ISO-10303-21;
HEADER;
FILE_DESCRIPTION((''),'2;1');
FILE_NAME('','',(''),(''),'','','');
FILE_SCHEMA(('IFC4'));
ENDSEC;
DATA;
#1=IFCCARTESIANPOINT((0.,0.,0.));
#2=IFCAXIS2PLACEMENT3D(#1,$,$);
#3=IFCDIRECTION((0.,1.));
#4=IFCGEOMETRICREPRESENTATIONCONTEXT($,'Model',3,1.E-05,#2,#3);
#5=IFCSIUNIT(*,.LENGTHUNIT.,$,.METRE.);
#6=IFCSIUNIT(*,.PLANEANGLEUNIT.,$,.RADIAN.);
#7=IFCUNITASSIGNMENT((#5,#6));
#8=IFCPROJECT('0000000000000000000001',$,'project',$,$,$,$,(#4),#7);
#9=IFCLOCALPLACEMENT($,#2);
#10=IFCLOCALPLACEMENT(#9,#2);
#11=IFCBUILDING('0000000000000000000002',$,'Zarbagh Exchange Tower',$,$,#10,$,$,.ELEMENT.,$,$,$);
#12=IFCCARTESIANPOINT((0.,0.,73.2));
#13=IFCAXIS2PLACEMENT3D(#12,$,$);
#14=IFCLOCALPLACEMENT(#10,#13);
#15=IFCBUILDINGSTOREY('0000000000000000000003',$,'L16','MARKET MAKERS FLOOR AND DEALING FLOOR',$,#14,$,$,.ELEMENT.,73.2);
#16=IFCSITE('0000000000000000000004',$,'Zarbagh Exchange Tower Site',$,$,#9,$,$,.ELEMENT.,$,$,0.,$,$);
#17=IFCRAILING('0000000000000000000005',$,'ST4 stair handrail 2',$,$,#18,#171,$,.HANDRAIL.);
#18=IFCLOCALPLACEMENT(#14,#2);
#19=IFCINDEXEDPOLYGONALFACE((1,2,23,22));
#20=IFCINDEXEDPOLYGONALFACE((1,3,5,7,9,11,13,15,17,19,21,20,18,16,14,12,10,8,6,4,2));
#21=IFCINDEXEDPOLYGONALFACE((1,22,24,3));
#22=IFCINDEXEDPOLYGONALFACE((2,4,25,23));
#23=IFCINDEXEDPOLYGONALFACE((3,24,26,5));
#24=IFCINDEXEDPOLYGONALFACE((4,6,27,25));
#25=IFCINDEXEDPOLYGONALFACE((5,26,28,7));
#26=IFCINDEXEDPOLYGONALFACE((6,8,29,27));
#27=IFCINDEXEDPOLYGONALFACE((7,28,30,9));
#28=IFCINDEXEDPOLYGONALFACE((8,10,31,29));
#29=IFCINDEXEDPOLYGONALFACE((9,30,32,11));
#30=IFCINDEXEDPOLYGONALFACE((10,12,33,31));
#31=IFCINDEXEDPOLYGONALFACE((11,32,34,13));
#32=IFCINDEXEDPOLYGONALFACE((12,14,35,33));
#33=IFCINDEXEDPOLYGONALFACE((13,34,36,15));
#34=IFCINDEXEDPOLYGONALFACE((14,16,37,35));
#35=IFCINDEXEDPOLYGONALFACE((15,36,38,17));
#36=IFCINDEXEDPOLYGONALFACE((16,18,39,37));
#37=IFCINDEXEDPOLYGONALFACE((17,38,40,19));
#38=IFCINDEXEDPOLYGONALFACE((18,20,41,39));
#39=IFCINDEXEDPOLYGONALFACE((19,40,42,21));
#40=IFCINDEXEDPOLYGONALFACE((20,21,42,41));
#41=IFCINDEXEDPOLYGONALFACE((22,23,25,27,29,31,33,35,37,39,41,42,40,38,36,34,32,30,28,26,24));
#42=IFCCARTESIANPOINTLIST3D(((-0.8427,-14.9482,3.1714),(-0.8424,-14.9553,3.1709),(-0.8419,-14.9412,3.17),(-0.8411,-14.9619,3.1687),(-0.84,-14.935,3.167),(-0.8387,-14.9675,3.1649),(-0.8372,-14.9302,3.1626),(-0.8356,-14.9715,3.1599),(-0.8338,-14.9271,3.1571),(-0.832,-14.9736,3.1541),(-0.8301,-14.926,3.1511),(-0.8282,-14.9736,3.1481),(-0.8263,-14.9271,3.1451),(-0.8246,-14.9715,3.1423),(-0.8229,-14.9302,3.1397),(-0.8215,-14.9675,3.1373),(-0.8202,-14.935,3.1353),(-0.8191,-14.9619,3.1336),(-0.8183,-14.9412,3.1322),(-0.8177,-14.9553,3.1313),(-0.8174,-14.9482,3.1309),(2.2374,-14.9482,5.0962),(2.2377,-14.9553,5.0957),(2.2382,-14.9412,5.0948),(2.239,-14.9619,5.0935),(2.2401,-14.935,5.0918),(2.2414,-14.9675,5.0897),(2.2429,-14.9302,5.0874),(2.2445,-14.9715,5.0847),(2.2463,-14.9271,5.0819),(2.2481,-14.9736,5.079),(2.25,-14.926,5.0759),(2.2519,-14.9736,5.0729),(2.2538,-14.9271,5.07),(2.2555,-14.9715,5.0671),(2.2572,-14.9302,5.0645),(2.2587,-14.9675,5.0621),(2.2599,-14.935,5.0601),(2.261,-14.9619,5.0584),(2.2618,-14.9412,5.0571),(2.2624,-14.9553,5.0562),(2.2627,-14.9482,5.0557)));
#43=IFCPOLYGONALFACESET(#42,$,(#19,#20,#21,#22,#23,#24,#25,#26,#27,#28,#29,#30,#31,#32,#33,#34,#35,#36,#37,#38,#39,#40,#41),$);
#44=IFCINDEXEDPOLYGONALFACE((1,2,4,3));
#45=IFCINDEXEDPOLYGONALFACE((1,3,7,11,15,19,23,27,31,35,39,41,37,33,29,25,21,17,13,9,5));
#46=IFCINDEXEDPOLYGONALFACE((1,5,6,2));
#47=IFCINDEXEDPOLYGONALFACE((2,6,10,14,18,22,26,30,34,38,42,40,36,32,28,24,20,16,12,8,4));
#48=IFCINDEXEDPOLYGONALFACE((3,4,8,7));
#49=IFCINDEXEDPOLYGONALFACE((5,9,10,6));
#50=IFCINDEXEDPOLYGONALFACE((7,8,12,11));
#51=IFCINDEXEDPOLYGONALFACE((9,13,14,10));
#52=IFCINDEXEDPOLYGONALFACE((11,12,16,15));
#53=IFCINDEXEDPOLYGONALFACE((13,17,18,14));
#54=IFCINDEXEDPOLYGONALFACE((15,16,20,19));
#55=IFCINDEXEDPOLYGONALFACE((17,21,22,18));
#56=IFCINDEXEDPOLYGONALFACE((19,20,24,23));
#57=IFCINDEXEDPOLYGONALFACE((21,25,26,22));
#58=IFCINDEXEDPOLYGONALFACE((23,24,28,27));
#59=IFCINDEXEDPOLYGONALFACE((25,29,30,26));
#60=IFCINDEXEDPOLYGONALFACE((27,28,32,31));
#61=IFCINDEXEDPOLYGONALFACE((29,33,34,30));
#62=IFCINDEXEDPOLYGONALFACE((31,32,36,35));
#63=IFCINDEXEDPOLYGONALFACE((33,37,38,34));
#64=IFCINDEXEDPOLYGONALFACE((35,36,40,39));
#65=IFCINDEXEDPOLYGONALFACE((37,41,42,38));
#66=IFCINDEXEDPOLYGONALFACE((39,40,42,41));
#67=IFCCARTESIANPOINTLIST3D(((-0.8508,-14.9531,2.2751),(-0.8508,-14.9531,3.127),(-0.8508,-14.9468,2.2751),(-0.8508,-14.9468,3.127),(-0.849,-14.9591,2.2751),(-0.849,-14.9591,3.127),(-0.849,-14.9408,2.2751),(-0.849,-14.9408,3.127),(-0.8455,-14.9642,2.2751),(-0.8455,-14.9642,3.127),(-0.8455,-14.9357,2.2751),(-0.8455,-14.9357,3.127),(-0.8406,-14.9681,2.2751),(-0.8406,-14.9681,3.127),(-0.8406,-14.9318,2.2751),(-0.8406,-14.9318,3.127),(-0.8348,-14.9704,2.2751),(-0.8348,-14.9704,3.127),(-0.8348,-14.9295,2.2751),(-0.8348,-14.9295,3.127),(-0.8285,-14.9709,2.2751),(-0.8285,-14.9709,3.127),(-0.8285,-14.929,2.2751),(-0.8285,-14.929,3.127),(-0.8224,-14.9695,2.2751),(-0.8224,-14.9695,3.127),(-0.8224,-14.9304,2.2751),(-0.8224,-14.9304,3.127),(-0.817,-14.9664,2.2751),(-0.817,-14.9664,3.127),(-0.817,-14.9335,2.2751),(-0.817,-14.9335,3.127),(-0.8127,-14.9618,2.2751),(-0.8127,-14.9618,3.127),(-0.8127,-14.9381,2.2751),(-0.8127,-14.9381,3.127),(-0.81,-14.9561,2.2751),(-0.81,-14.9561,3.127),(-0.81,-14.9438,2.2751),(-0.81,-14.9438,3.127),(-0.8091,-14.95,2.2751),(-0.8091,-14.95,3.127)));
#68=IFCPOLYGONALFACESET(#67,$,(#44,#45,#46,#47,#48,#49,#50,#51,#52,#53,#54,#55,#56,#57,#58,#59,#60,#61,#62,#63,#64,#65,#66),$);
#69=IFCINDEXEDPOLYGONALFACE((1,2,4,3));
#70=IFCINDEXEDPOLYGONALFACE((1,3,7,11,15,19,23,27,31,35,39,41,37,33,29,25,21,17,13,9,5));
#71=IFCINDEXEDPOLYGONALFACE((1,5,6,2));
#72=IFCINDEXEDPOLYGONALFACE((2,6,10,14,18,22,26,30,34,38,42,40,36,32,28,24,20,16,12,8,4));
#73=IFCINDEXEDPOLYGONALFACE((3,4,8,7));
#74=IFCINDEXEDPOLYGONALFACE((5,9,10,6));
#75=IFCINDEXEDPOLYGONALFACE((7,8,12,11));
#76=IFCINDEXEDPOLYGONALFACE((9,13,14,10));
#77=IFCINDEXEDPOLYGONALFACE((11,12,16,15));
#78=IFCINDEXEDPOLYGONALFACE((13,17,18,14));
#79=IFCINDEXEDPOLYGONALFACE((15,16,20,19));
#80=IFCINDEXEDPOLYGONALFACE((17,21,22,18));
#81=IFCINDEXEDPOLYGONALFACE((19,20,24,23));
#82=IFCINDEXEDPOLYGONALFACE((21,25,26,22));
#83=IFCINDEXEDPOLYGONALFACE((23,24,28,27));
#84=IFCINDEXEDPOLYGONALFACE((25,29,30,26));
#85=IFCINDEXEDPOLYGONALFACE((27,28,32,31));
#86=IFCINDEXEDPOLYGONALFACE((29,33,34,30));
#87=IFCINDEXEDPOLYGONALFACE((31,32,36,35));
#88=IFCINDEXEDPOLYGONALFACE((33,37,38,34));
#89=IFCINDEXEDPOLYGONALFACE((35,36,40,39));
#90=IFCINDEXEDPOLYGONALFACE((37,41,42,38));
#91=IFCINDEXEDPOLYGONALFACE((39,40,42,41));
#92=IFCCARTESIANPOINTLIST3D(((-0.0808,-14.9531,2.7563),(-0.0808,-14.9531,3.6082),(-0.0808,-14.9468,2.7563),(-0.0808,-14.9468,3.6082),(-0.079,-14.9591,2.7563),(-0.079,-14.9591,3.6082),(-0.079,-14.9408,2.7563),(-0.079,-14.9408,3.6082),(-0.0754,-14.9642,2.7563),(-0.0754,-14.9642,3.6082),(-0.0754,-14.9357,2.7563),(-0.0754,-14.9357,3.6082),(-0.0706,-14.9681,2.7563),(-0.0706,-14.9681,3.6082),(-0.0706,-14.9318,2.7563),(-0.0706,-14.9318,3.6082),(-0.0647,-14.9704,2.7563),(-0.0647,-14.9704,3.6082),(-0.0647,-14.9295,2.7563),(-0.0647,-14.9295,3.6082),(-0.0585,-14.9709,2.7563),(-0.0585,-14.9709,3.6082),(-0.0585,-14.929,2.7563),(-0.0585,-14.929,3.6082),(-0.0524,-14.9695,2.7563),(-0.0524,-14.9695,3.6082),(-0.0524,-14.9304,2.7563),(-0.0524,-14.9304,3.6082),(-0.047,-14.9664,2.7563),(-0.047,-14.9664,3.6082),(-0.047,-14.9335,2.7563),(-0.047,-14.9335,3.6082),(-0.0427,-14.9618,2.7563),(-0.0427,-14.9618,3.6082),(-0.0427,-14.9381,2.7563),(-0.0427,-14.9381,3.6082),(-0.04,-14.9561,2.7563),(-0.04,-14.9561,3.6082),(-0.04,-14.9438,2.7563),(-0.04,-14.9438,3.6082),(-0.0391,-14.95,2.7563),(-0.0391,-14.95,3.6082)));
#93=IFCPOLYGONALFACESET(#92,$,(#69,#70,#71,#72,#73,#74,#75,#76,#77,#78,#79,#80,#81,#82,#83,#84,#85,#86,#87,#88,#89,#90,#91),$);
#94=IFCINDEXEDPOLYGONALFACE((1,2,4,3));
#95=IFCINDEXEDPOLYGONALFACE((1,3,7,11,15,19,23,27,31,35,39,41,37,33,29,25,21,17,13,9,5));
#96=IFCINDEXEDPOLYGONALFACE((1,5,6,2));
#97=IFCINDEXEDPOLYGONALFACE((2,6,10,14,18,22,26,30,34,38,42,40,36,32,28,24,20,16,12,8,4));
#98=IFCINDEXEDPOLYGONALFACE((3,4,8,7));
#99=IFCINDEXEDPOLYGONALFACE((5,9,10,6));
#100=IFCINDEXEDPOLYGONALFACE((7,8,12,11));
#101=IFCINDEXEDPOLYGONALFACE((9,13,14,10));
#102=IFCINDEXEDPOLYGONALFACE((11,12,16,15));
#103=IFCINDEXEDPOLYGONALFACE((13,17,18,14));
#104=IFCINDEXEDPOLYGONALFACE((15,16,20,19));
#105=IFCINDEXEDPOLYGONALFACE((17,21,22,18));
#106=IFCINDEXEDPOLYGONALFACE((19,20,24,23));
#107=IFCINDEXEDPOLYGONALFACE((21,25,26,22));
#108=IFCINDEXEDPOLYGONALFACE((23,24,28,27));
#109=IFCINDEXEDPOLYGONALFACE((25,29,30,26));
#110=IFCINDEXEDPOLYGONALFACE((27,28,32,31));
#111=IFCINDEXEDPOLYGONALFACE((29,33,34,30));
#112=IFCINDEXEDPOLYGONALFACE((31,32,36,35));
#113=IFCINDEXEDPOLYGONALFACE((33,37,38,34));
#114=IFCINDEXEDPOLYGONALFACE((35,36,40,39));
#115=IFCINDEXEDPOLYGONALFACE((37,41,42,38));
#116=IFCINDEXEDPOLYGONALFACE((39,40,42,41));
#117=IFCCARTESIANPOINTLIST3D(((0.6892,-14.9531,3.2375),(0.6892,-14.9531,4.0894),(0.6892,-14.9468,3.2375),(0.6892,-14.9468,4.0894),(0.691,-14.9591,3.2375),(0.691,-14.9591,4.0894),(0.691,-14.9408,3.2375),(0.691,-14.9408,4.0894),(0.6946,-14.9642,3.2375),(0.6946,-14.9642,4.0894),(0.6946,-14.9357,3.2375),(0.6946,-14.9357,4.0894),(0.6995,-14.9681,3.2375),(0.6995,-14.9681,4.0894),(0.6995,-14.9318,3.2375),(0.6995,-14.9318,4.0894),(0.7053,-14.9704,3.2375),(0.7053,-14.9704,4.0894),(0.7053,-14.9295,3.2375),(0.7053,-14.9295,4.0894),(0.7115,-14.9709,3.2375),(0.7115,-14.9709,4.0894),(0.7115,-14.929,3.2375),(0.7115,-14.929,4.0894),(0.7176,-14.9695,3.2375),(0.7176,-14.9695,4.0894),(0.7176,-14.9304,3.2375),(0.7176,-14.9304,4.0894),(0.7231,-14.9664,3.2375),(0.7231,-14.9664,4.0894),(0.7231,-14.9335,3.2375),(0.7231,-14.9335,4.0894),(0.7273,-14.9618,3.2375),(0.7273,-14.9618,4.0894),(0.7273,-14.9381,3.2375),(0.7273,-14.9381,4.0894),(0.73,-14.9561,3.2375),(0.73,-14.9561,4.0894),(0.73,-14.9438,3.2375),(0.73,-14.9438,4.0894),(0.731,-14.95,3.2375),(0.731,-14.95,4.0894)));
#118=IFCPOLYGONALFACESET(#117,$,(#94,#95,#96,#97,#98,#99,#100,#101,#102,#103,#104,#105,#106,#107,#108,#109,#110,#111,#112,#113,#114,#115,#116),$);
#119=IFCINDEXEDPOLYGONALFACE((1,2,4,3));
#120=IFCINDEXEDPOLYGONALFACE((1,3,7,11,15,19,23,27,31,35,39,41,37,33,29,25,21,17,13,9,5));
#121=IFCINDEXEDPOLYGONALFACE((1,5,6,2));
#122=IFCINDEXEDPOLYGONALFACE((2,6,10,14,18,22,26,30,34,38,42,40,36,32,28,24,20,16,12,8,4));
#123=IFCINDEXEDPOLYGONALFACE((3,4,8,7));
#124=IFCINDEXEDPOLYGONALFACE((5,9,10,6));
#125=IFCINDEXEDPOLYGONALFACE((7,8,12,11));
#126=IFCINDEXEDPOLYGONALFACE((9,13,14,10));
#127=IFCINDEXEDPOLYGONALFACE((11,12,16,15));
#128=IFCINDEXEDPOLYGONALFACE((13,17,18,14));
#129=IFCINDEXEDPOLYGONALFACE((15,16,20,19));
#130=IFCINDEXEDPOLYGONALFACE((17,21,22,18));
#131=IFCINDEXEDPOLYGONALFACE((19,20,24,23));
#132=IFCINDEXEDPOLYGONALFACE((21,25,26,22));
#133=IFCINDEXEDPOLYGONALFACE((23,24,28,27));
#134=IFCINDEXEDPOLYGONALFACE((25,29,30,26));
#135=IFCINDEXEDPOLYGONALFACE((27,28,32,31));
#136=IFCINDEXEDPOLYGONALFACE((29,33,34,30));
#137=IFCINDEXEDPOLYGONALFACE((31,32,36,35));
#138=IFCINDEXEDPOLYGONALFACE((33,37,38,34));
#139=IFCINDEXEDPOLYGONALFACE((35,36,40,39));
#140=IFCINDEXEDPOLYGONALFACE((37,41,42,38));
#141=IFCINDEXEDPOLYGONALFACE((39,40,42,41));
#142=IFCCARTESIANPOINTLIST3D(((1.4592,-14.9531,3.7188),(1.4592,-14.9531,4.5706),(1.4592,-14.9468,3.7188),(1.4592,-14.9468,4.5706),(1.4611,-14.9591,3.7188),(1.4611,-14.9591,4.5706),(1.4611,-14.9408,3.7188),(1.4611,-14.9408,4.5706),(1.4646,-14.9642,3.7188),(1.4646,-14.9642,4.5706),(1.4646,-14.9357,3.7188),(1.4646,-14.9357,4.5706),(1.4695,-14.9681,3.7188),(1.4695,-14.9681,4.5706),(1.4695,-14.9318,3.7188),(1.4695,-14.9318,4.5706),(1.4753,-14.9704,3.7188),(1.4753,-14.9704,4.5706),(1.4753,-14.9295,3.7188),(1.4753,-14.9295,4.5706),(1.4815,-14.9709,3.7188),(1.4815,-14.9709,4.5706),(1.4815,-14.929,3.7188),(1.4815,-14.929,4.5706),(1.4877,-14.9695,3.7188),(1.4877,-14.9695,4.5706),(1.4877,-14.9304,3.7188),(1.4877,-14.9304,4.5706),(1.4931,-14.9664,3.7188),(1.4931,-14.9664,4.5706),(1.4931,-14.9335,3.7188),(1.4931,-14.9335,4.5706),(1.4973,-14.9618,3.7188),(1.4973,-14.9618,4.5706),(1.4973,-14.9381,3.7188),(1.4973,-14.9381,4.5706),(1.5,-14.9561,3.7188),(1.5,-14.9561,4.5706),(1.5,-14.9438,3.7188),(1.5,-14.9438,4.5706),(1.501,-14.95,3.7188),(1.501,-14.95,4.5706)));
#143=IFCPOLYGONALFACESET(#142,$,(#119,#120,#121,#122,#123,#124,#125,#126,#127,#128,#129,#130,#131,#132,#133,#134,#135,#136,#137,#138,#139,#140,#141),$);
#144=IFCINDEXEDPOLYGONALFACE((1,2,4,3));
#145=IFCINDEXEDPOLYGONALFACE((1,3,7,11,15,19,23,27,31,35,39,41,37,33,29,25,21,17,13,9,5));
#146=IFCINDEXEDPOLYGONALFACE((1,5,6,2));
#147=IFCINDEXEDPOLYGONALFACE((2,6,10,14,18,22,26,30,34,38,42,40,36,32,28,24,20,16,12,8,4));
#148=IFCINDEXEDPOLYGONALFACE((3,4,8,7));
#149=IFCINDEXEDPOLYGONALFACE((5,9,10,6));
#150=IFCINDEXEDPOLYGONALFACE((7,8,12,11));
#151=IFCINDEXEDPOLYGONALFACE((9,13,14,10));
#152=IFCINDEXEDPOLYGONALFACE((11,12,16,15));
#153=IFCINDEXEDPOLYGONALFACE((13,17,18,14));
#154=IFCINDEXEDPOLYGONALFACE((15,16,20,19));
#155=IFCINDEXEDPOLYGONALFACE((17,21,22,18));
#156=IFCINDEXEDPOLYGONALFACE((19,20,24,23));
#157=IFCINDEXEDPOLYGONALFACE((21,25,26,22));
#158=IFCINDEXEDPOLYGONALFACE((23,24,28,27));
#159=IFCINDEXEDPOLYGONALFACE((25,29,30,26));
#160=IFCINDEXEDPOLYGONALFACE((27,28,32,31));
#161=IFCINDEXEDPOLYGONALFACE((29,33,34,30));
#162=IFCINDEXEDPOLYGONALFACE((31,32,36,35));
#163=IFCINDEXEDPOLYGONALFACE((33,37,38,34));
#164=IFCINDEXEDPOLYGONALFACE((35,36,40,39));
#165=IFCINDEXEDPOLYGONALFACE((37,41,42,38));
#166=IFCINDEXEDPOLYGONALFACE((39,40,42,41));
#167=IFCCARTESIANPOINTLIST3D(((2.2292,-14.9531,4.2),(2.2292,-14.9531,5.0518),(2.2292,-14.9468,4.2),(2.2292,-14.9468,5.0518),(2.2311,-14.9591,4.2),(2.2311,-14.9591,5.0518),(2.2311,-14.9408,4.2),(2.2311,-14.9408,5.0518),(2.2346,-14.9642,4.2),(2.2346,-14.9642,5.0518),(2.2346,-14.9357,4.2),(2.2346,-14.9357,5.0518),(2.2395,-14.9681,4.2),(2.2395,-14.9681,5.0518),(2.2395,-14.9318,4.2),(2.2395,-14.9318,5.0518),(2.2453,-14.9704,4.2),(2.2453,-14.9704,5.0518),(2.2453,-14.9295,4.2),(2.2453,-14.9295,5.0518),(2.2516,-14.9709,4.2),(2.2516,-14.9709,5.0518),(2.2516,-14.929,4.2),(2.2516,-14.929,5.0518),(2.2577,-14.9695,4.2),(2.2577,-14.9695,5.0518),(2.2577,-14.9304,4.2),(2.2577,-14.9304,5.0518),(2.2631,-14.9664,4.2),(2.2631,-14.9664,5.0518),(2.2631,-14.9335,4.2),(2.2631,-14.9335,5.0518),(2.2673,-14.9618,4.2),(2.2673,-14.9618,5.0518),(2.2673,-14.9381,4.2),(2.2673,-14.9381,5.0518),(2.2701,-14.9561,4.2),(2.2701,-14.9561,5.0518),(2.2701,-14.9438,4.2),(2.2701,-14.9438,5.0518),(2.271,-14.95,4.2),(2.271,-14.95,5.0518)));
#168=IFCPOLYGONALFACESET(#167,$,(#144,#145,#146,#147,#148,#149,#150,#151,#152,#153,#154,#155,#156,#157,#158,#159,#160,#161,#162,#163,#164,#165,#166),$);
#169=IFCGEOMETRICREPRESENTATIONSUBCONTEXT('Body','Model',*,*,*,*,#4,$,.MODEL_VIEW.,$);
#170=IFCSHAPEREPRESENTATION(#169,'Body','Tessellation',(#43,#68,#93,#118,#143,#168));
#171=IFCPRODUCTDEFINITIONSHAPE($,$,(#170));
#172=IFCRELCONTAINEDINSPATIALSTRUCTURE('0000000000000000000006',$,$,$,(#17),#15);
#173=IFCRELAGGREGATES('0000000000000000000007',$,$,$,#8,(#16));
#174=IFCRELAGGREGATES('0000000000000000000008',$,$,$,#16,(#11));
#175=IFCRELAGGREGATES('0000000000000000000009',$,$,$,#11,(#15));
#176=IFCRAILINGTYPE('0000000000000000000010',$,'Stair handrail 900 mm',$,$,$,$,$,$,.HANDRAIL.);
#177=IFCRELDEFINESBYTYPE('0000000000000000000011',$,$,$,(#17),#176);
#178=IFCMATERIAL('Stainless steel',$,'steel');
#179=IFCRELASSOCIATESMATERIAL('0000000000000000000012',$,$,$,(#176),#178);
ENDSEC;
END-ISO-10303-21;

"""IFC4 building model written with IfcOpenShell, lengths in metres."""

from ifc_helpers import new_model, si_unit, direction, frame, origin, origin_2d, place, context, subcontext, project, spatial, circle, extrude, material, type_object, element, save


model = new_model("IFC4")

# Units and contexts
model_context = context("Model", 3, precision=1e-05, world=origin(), true_north=direction((0.0, 1.0)))
body_context = subcontext(model_context, "Body", "Model", "MODEL_VIEW")
ifc_project = project(units=[si_unit("LENGTHUNIT", "METRE"), si_unit("PLANEANGLEUNIT", "RADIAN")], contexts=[model_context])

# Site, building, storey
site_placement = place(None, origin())
site = spatial("IfcSite", under=ifc_project, at=site_placement, Name="Zarbagh Exchange Tower Site", CompositionType="ELEMENT", RefElevation=0.0)
building_placement = place(site_placement, origin())
building = spatial("IfcBuilding", under=site, at=building_placement, Name="Zarbagh Exchange Tower", CompositionType="ELEMENT")
storey_placement = place(building_placement, frame((0.0, 0.0, 73.2)))
storey = spatial("IfcBuildingStorey", under=building, at=storey_placement, Name="L16", Description="MARKET MAKERS FLOOR AND DEALING FLOOR", CompositionType="ELEMENT", Elevation=73.2)

# Shared definitions
ifc_material_1 = material(Name="Stainless steel", Category="steel")

# Railing
railing_type_1 = type_object("IfcRailingType", Name="Stair handrail 900 mm", PredefinedType="HANDRAIL", material=ifc_material_1)
railing_1_placement = place(storey_placement, frame((-0.8301, -14.95, 2.2751)))
element("IfcRailing", 1, at=railing_1_placement, inside=storey, type_object=railing_type_1, Name="ST4 stair handrail 2", PredefinedType="HANDRAIL", context=body_context, shape_type="SweptSolid", body=[
    extrude(circle(Radius=0.0239, at=origin_2d()), frame((0.0, 0.0, 0.876), z_axis=(0.848029, 0.0, 0.529951), x_axis=(0.0, 1.0, 0.0)), (0.0, 0.0, 1.0), 3.6321),
    extrude(circle(Radius=0.021, at=origin_2d()), origin(), (0.0, 0.0, 1.0), 0.8518),
    extrude(circle(Radius=0.021, at=origin_2d()), frame((0.77, 0.0, 0.4812)), (0.0, 0.0, 1.0), 0.8518),
    extrude(circle(Radius=0.021, at=origin_2d()), frame((1.54, 0.0, 0.9624)), (0.0, 0.0, 1.0), 0.8518),
    extrude(circle(Radius=0.021, at=origin_2d()), frame((2.3101, 0.0, 1.4436)), (0.0, 0.0, 1.0), 0.8518),
    extrude(circle(Radius=0.021, at=origin_2d()), frame((3.0801, 0.0, 1.9248)), (0.0, 0.0, 1.0), 0.8518),
])

save(model, "model.ifc")
